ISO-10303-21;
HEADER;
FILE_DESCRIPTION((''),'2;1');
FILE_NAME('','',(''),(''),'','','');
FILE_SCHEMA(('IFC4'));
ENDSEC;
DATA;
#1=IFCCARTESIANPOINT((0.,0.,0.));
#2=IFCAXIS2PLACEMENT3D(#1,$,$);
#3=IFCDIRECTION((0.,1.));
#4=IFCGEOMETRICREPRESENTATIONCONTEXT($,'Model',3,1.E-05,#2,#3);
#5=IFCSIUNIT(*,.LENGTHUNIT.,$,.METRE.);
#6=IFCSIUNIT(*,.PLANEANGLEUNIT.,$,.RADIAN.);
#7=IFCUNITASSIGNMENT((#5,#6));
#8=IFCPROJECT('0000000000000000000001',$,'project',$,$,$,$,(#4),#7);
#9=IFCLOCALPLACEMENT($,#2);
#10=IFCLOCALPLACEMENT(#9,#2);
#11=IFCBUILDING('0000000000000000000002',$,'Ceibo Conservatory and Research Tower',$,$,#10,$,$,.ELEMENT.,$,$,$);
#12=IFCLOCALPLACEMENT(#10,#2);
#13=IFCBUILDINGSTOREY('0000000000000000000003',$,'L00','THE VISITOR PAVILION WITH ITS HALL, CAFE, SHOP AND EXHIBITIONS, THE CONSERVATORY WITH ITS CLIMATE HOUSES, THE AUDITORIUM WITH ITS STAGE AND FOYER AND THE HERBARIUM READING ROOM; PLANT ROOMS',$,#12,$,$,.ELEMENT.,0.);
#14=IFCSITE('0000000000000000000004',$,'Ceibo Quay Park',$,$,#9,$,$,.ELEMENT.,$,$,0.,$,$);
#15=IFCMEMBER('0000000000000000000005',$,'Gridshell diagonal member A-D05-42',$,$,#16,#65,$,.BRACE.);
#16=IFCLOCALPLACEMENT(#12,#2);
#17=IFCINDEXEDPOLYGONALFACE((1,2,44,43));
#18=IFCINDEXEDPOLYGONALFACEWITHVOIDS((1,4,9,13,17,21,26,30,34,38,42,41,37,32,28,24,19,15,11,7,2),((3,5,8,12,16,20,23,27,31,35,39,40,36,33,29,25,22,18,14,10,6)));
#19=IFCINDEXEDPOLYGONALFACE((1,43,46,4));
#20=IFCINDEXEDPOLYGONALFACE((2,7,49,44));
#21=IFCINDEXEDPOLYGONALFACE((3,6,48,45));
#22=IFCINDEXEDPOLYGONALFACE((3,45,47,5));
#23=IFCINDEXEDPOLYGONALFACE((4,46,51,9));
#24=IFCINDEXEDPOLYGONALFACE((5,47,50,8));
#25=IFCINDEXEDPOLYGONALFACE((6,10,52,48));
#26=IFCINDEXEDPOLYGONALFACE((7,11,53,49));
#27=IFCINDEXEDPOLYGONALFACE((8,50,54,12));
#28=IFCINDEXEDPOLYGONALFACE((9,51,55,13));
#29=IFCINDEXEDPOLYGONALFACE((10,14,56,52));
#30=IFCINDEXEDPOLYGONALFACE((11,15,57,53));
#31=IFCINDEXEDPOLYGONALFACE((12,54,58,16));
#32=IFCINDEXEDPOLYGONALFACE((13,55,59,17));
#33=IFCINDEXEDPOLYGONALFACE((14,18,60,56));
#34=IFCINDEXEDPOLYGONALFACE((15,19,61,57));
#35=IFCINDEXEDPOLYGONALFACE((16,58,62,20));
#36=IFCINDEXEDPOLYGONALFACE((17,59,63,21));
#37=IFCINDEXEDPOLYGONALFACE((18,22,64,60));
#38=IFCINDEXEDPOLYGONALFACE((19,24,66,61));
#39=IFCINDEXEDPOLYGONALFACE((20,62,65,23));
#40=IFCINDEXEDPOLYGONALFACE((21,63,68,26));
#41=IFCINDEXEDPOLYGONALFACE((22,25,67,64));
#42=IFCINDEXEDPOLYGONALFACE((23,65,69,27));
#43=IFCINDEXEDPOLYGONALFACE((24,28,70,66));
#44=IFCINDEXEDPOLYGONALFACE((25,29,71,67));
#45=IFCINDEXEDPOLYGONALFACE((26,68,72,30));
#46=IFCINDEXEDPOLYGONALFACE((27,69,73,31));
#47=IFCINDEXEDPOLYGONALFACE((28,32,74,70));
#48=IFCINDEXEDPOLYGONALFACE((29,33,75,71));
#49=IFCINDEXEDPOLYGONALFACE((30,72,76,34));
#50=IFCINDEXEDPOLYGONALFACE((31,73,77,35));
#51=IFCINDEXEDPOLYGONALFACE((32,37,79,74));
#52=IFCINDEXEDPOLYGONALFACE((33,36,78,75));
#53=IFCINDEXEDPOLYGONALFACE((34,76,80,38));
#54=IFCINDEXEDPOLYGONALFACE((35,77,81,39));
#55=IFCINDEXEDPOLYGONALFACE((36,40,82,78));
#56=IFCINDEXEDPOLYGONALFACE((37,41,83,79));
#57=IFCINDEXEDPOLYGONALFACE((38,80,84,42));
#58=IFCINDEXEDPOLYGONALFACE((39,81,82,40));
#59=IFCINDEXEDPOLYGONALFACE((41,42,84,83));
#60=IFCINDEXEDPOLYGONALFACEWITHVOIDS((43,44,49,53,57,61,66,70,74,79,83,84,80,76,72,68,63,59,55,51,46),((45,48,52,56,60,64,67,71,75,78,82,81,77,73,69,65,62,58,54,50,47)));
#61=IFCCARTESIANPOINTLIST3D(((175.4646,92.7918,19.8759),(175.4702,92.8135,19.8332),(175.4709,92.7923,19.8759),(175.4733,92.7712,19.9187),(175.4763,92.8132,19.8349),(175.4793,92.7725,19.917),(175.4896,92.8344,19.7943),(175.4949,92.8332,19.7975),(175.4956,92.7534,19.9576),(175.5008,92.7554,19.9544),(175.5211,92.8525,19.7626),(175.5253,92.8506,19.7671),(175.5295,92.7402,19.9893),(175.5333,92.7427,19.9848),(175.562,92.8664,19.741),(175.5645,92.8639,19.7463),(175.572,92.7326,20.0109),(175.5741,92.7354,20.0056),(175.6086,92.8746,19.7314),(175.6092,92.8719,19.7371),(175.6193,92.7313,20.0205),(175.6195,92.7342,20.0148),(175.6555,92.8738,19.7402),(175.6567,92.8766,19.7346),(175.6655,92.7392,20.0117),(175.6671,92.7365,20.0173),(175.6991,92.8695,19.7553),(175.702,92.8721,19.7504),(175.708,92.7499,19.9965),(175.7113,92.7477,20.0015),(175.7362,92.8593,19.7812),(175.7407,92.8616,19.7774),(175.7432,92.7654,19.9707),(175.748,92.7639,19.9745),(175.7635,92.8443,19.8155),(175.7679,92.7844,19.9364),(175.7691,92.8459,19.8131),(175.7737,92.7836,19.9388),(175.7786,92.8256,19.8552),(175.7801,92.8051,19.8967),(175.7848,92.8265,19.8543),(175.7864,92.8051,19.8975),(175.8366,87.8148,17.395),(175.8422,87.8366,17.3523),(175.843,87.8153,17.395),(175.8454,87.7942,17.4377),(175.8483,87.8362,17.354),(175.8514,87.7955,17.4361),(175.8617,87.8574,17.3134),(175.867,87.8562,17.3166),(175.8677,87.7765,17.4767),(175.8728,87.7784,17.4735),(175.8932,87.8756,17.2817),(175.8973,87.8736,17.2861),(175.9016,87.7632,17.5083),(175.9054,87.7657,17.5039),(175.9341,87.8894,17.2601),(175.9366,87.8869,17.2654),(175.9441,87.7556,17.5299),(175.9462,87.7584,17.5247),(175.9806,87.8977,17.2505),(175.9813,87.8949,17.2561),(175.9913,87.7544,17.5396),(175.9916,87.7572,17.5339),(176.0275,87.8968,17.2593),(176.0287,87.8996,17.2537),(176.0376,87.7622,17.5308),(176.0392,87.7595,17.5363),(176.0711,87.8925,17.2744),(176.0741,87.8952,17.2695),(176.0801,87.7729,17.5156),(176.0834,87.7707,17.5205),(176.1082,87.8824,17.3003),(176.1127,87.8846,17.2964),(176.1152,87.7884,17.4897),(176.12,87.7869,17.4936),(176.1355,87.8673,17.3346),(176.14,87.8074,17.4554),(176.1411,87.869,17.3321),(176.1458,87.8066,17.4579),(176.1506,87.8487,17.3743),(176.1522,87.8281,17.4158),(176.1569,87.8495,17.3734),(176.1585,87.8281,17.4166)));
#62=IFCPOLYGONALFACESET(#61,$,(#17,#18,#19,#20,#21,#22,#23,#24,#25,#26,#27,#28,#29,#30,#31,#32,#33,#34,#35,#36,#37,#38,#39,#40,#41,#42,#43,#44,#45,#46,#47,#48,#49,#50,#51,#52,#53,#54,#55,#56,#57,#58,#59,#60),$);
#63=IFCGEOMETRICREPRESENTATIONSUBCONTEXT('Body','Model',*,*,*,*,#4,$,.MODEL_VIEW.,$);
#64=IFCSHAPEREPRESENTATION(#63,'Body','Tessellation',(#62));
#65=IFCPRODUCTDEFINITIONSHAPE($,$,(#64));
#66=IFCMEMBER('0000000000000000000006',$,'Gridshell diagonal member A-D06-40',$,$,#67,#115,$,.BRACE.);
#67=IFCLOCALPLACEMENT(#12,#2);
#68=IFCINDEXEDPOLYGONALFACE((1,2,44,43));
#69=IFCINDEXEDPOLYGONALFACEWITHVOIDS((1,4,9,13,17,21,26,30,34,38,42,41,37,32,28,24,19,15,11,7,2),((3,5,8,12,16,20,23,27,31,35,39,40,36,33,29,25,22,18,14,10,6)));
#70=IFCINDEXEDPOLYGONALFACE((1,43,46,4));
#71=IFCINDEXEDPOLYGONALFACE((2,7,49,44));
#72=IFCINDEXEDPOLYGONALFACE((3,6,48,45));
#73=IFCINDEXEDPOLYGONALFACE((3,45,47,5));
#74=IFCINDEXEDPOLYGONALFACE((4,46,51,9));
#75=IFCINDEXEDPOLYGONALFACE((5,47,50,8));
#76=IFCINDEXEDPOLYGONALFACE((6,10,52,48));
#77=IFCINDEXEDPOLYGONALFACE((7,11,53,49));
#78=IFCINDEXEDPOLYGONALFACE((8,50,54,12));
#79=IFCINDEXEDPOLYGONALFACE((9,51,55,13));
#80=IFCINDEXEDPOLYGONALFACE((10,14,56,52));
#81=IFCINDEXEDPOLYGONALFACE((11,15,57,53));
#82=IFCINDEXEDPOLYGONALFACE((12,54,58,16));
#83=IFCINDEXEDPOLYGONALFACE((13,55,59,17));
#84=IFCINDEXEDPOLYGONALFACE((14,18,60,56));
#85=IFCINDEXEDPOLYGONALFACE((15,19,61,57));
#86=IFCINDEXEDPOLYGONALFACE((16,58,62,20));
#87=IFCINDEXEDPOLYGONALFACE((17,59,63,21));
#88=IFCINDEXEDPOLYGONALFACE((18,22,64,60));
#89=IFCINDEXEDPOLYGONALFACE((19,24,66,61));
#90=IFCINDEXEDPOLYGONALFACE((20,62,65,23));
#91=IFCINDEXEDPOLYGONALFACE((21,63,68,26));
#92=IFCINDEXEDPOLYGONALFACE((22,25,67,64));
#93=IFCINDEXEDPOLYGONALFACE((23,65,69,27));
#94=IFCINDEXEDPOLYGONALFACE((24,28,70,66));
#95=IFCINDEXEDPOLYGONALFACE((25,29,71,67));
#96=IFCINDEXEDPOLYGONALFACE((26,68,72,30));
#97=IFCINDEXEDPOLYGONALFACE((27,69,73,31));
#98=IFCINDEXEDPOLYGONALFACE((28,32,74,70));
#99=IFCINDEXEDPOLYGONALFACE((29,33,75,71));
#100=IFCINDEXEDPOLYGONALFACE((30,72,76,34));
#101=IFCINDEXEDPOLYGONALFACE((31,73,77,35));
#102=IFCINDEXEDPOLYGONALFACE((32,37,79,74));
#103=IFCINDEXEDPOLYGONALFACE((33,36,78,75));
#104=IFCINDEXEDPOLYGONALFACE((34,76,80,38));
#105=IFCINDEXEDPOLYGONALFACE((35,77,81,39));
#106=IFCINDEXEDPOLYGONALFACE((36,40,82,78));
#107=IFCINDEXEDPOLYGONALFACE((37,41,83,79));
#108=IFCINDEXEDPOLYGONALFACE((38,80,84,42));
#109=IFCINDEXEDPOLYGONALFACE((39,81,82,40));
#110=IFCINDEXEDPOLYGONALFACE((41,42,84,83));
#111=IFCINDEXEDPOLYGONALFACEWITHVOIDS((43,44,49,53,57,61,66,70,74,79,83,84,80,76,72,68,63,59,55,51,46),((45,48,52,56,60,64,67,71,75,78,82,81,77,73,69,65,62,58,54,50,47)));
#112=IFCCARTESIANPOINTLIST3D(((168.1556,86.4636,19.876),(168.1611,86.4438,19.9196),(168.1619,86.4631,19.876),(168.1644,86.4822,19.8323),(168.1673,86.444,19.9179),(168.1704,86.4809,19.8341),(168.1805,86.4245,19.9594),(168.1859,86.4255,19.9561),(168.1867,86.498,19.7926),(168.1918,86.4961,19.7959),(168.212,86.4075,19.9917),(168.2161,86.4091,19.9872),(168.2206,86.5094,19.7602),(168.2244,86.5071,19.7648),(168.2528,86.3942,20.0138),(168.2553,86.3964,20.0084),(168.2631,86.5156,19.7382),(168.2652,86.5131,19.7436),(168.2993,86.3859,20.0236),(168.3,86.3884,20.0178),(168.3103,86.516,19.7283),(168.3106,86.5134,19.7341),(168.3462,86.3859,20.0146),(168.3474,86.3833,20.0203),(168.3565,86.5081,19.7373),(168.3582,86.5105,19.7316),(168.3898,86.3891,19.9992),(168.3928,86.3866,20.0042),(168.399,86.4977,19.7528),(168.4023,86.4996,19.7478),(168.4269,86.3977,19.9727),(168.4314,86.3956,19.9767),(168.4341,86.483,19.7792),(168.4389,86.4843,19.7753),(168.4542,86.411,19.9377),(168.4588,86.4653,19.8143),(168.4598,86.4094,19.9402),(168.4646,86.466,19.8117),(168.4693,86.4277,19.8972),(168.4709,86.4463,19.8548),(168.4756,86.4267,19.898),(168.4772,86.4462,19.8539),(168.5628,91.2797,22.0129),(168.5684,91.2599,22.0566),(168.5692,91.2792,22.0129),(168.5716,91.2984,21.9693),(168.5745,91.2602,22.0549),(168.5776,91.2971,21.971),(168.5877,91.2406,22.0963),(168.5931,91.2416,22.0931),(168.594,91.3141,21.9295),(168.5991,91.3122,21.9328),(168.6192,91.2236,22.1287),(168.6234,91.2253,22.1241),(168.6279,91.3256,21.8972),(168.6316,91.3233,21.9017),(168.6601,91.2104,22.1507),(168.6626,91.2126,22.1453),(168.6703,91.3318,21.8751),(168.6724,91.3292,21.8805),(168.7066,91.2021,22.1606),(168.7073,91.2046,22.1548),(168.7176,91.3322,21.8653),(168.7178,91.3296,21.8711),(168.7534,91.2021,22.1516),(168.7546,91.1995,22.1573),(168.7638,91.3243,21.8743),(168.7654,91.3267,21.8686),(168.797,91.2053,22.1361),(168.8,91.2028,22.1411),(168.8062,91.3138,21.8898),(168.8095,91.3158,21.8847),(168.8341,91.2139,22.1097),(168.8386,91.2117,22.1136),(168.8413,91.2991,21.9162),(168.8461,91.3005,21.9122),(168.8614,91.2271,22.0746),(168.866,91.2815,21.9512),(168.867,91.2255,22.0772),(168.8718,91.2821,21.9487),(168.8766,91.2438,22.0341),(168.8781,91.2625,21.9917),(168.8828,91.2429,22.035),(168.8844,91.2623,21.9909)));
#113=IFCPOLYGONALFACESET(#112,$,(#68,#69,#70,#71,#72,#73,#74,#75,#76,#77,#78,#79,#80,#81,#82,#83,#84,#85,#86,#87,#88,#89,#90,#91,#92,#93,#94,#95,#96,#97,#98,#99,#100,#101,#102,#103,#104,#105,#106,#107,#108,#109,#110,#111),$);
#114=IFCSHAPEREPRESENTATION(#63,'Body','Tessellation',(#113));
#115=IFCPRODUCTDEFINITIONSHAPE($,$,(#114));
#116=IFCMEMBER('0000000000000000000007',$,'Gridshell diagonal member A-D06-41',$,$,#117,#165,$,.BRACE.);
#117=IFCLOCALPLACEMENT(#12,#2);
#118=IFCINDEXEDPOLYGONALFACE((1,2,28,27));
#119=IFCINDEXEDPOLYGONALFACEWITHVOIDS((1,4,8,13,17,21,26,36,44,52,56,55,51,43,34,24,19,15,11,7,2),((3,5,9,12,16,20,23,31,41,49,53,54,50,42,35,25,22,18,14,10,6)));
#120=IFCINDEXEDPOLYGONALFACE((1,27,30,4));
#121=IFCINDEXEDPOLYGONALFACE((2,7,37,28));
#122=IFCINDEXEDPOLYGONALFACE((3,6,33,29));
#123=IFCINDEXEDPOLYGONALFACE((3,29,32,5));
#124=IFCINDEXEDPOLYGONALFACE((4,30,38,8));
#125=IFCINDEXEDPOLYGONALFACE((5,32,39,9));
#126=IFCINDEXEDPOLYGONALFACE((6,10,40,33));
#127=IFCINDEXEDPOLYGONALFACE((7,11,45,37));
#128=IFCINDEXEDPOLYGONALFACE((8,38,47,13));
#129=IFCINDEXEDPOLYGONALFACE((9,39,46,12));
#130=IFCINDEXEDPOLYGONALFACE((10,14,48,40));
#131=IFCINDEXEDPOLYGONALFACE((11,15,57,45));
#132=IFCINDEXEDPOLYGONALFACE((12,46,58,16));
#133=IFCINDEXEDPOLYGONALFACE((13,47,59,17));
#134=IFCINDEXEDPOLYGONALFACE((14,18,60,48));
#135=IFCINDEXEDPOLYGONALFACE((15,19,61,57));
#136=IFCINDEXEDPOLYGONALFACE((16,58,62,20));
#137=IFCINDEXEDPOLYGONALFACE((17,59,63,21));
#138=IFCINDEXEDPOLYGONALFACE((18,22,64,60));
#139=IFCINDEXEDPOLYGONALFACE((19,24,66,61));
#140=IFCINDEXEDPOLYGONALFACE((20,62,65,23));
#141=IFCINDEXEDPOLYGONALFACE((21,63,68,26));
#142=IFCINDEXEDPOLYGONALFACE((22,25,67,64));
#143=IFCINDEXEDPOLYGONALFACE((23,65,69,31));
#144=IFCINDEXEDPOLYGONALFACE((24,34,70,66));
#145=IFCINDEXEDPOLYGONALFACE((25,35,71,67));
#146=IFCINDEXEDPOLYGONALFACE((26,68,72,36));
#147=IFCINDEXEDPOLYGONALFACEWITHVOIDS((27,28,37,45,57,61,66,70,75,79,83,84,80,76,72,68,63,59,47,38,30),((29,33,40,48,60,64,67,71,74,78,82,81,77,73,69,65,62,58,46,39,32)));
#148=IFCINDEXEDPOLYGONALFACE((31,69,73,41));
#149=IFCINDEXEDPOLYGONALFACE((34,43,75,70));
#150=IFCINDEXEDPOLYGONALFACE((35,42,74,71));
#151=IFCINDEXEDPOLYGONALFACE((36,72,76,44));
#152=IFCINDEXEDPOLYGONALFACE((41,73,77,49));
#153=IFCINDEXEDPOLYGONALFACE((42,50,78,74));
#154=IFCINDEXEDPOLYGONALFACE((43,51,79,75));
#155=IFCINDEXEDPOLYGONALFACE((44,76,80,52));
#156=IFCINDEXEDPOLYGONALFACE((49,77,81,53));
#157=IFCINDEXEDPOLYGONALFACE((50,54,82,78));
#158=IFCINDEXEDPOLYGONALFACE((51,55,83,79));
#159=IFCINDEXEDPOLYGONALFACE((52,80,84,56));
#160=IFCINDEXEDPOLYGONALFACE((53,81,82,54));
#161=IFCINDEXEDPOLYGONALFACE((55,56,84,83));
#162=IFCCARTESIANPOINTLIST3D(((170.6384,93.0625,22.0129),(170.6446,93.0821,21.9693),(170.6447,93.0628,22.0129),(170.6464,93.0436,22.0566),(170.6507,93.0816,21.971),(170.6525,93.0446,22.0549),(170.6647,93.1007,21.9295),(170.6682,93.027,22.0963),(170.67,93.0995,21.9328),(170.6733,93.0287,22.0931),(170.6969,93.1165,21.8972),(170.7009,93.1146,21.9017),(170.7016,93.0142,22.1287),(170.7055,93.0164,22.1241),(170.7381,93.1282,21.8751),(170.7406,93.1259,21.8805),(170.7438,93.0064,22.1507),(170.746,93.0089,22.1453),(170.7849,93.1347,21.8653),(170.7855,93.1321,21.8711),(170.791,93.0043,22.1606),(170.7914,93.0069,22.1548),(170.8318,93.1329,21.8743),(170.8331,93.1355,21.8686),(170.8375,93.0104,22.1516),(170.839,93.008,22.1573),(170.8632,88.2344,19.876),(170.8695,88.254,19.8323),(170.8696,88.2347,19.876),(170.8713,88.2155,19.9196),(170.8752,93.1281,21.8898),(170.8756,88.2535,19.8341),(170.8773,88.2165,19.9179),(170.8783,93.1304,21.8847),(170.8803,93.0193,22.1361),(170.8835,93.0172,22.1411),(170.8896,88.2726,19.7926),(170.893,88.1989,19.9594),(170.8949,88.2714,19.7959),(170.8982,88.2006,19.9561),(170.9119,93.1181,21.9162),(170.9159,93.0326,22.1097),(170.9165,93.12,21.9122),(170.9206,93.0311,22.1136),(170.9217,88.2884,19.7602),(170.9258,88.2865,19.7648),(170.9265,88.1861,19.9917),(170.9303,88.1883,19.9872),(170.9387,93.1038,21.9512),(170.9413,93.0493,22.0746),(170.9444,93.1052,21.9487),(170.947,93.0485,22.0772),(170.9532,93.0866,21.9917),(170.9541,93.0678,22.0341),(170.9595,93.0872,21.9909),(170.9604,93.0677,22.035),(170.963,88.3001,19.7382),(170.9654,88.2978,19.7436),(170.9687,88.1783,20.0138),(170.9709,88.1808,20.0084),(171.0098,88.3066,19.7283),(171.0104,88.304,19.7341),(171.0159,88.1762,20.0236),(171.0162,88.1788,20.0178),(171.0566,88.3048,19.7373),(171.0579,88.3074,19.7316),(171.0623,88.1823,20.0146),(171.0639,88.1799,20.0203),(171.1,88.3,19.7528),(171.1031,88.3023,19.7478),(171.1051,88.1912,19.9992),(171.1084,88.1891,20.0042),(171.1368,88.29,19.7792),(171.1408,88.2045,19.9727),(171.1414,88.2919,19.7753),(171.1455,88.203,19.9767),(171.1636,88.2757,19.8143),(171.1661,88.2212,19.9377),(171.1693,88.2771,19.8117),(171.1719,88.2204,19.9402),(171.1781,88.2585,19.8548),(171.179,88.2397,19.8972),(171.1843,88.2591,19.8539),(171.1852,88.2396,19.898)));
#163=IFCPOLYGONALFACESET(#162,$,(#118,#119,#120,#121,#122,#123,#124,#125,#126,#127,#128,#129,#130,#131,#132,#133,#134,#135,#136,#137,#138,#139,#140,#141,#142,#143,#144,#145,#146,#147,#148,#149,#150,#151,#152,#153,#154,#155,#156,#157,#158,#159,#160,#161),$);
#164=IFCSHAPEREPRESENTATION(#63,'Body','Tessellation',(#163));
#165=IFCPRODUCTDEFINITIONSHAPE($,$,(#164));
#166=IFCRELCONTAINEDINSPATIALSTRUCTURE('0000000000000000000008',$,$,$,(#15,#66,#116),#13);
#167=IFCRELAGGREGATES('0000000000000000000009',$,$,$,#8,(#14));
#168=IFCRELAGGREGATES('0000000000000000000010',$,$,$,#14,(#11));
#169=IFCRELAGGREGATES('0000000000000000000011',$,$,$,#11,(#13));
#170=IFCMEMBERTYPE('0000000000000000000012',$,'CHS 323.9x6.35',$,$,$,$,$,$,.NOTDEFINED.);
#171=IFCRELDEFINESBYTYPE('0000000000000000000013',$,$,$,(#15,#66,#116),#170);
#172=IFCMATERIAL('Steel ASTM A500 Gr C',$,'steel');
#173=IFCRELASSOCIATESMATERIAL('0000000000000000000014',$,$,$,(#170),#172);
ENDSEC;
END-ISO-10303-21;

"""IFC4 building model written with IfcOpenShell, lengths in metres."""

from ifc_helpers import new_model, si_unit, direction, frame, origin, origin_2d, place, context, subcontext, project, spatial, hollow_circle, extrude, material, material_profile, profile_set, type_object, element, save


model = new_model("IFC4")

# Units and contexts
model_context = context("Model", 3, precision=1e-05, world=origin(), true_north=direction((0.0, 1.0)))
body_context = subcontext(model_context, "Body", "Model", "MODEL_VIEW")
ifc_project = project(units=[si_unit("LENGTHUNIT", "METRE"), si_unit("PLANEANGLEUNIT", "RADIAN")], contexts=[model_context])

# Site, building, storey
site_placement = place(None, origin())
site = spatial("IfcSite", under=ifc_project, at=site_placement, Name="Ceibo Quay Park", CompositionType="ELEMENT", RefElevation=0.0)
building_placement = place(site_placement, origin())
building = spatial("IfcBuilding", under=site, at=building_placement, Name="Ceibo Conservatory and Research Tower", CompositionType="ELEMENT")
storey_placement = place(building_placement, origin())
storey = spatial("IfcBuildingStorey", under=building, at=storey_placement, Name="L00", Description="THE VISITOR PAVILION WITH ITS HALL, CAFE, SHOP AND EXHIBITIONS, THE CONSERVATORY WITH ITS CLIMATE HOUSES, THE AUDITORIUM WITH ITS STAGE AND FOYER AND THE HERBARIUM READING ROOM; PLANT ROOMS", CompositionType="ELEMENT", Elevation=0.0)

# Members
ifc_material_1 = material(Name="Steel ASTM A500 Gr C", Category="steel")
ifc_material_profile_1 = material_profile(ifc_material_1, hollow_circle(Radius=0.1619, WallThickness=0.0063, at=origin_2d()), Name="CHS 323.9x6.35")
ifc_profile_set_1 = profile_set([ifc_material_profile_1], Name="Steel ASTM A500 Gr C")
member_type_1 = type_object("IfcMemberType", Name="CHS 323.9x6.35", PredefinedType="NOTDEFINED", material=ifc_profile_set_1)
member_1_placement = place(storey_placement, frame((175.998, 87.8269, 17.395), z_axis=(-0.066756, 0.892975, 0.445129), x_axis=(-0.997217, -0.074549, 0.0)))
element("IfcMember", 1, at=member_1_placement, inside=storey, type_object=member_type_1, Name="Gridshell diagonal member A-D05-42", PredefinedType="BRACE", context=body_context, shape_type="SweptSolid", body=[
    extrude(hollow_circle(Radius=0.1619, WallThickness=0.0063, at=origin_2d()), origin(), (0.0, 0.0, 1.0), 5.5735),
])
for number, where, z_axis, x_axis, name in (
    (2, (168.3169, 86.45, 19.876), (0.077058, 0.911344, 0.404369), (-0.996444, 0.084254, 0.0), "Gridshell diagonal member A-D06-40"),
    (3, (171.0249, 88.2419, 19.876), (-0.042548, 0.913606, 0.404369), (-0.998917, -0.046521, 0.0), "Gridshell diagonal member A-D06-41"),
):
    element("IfcMember", number, at=place(storey_placement, frame(where, z_axis=z_axis, x_axis=x_axis)), inside=storey, type_object=member_type_1, Name=name, PredefinedType="BRACE", context=body_context, shape_type="SweptSolid", body=[
        extrude(hollow_circle(Radius=0.1619, WallThickness=0.0063, at=origin_2d()), origin(), (0.0, 0.0, 1.0), 5.2847),
    ])

save(model, "model.ifc")
